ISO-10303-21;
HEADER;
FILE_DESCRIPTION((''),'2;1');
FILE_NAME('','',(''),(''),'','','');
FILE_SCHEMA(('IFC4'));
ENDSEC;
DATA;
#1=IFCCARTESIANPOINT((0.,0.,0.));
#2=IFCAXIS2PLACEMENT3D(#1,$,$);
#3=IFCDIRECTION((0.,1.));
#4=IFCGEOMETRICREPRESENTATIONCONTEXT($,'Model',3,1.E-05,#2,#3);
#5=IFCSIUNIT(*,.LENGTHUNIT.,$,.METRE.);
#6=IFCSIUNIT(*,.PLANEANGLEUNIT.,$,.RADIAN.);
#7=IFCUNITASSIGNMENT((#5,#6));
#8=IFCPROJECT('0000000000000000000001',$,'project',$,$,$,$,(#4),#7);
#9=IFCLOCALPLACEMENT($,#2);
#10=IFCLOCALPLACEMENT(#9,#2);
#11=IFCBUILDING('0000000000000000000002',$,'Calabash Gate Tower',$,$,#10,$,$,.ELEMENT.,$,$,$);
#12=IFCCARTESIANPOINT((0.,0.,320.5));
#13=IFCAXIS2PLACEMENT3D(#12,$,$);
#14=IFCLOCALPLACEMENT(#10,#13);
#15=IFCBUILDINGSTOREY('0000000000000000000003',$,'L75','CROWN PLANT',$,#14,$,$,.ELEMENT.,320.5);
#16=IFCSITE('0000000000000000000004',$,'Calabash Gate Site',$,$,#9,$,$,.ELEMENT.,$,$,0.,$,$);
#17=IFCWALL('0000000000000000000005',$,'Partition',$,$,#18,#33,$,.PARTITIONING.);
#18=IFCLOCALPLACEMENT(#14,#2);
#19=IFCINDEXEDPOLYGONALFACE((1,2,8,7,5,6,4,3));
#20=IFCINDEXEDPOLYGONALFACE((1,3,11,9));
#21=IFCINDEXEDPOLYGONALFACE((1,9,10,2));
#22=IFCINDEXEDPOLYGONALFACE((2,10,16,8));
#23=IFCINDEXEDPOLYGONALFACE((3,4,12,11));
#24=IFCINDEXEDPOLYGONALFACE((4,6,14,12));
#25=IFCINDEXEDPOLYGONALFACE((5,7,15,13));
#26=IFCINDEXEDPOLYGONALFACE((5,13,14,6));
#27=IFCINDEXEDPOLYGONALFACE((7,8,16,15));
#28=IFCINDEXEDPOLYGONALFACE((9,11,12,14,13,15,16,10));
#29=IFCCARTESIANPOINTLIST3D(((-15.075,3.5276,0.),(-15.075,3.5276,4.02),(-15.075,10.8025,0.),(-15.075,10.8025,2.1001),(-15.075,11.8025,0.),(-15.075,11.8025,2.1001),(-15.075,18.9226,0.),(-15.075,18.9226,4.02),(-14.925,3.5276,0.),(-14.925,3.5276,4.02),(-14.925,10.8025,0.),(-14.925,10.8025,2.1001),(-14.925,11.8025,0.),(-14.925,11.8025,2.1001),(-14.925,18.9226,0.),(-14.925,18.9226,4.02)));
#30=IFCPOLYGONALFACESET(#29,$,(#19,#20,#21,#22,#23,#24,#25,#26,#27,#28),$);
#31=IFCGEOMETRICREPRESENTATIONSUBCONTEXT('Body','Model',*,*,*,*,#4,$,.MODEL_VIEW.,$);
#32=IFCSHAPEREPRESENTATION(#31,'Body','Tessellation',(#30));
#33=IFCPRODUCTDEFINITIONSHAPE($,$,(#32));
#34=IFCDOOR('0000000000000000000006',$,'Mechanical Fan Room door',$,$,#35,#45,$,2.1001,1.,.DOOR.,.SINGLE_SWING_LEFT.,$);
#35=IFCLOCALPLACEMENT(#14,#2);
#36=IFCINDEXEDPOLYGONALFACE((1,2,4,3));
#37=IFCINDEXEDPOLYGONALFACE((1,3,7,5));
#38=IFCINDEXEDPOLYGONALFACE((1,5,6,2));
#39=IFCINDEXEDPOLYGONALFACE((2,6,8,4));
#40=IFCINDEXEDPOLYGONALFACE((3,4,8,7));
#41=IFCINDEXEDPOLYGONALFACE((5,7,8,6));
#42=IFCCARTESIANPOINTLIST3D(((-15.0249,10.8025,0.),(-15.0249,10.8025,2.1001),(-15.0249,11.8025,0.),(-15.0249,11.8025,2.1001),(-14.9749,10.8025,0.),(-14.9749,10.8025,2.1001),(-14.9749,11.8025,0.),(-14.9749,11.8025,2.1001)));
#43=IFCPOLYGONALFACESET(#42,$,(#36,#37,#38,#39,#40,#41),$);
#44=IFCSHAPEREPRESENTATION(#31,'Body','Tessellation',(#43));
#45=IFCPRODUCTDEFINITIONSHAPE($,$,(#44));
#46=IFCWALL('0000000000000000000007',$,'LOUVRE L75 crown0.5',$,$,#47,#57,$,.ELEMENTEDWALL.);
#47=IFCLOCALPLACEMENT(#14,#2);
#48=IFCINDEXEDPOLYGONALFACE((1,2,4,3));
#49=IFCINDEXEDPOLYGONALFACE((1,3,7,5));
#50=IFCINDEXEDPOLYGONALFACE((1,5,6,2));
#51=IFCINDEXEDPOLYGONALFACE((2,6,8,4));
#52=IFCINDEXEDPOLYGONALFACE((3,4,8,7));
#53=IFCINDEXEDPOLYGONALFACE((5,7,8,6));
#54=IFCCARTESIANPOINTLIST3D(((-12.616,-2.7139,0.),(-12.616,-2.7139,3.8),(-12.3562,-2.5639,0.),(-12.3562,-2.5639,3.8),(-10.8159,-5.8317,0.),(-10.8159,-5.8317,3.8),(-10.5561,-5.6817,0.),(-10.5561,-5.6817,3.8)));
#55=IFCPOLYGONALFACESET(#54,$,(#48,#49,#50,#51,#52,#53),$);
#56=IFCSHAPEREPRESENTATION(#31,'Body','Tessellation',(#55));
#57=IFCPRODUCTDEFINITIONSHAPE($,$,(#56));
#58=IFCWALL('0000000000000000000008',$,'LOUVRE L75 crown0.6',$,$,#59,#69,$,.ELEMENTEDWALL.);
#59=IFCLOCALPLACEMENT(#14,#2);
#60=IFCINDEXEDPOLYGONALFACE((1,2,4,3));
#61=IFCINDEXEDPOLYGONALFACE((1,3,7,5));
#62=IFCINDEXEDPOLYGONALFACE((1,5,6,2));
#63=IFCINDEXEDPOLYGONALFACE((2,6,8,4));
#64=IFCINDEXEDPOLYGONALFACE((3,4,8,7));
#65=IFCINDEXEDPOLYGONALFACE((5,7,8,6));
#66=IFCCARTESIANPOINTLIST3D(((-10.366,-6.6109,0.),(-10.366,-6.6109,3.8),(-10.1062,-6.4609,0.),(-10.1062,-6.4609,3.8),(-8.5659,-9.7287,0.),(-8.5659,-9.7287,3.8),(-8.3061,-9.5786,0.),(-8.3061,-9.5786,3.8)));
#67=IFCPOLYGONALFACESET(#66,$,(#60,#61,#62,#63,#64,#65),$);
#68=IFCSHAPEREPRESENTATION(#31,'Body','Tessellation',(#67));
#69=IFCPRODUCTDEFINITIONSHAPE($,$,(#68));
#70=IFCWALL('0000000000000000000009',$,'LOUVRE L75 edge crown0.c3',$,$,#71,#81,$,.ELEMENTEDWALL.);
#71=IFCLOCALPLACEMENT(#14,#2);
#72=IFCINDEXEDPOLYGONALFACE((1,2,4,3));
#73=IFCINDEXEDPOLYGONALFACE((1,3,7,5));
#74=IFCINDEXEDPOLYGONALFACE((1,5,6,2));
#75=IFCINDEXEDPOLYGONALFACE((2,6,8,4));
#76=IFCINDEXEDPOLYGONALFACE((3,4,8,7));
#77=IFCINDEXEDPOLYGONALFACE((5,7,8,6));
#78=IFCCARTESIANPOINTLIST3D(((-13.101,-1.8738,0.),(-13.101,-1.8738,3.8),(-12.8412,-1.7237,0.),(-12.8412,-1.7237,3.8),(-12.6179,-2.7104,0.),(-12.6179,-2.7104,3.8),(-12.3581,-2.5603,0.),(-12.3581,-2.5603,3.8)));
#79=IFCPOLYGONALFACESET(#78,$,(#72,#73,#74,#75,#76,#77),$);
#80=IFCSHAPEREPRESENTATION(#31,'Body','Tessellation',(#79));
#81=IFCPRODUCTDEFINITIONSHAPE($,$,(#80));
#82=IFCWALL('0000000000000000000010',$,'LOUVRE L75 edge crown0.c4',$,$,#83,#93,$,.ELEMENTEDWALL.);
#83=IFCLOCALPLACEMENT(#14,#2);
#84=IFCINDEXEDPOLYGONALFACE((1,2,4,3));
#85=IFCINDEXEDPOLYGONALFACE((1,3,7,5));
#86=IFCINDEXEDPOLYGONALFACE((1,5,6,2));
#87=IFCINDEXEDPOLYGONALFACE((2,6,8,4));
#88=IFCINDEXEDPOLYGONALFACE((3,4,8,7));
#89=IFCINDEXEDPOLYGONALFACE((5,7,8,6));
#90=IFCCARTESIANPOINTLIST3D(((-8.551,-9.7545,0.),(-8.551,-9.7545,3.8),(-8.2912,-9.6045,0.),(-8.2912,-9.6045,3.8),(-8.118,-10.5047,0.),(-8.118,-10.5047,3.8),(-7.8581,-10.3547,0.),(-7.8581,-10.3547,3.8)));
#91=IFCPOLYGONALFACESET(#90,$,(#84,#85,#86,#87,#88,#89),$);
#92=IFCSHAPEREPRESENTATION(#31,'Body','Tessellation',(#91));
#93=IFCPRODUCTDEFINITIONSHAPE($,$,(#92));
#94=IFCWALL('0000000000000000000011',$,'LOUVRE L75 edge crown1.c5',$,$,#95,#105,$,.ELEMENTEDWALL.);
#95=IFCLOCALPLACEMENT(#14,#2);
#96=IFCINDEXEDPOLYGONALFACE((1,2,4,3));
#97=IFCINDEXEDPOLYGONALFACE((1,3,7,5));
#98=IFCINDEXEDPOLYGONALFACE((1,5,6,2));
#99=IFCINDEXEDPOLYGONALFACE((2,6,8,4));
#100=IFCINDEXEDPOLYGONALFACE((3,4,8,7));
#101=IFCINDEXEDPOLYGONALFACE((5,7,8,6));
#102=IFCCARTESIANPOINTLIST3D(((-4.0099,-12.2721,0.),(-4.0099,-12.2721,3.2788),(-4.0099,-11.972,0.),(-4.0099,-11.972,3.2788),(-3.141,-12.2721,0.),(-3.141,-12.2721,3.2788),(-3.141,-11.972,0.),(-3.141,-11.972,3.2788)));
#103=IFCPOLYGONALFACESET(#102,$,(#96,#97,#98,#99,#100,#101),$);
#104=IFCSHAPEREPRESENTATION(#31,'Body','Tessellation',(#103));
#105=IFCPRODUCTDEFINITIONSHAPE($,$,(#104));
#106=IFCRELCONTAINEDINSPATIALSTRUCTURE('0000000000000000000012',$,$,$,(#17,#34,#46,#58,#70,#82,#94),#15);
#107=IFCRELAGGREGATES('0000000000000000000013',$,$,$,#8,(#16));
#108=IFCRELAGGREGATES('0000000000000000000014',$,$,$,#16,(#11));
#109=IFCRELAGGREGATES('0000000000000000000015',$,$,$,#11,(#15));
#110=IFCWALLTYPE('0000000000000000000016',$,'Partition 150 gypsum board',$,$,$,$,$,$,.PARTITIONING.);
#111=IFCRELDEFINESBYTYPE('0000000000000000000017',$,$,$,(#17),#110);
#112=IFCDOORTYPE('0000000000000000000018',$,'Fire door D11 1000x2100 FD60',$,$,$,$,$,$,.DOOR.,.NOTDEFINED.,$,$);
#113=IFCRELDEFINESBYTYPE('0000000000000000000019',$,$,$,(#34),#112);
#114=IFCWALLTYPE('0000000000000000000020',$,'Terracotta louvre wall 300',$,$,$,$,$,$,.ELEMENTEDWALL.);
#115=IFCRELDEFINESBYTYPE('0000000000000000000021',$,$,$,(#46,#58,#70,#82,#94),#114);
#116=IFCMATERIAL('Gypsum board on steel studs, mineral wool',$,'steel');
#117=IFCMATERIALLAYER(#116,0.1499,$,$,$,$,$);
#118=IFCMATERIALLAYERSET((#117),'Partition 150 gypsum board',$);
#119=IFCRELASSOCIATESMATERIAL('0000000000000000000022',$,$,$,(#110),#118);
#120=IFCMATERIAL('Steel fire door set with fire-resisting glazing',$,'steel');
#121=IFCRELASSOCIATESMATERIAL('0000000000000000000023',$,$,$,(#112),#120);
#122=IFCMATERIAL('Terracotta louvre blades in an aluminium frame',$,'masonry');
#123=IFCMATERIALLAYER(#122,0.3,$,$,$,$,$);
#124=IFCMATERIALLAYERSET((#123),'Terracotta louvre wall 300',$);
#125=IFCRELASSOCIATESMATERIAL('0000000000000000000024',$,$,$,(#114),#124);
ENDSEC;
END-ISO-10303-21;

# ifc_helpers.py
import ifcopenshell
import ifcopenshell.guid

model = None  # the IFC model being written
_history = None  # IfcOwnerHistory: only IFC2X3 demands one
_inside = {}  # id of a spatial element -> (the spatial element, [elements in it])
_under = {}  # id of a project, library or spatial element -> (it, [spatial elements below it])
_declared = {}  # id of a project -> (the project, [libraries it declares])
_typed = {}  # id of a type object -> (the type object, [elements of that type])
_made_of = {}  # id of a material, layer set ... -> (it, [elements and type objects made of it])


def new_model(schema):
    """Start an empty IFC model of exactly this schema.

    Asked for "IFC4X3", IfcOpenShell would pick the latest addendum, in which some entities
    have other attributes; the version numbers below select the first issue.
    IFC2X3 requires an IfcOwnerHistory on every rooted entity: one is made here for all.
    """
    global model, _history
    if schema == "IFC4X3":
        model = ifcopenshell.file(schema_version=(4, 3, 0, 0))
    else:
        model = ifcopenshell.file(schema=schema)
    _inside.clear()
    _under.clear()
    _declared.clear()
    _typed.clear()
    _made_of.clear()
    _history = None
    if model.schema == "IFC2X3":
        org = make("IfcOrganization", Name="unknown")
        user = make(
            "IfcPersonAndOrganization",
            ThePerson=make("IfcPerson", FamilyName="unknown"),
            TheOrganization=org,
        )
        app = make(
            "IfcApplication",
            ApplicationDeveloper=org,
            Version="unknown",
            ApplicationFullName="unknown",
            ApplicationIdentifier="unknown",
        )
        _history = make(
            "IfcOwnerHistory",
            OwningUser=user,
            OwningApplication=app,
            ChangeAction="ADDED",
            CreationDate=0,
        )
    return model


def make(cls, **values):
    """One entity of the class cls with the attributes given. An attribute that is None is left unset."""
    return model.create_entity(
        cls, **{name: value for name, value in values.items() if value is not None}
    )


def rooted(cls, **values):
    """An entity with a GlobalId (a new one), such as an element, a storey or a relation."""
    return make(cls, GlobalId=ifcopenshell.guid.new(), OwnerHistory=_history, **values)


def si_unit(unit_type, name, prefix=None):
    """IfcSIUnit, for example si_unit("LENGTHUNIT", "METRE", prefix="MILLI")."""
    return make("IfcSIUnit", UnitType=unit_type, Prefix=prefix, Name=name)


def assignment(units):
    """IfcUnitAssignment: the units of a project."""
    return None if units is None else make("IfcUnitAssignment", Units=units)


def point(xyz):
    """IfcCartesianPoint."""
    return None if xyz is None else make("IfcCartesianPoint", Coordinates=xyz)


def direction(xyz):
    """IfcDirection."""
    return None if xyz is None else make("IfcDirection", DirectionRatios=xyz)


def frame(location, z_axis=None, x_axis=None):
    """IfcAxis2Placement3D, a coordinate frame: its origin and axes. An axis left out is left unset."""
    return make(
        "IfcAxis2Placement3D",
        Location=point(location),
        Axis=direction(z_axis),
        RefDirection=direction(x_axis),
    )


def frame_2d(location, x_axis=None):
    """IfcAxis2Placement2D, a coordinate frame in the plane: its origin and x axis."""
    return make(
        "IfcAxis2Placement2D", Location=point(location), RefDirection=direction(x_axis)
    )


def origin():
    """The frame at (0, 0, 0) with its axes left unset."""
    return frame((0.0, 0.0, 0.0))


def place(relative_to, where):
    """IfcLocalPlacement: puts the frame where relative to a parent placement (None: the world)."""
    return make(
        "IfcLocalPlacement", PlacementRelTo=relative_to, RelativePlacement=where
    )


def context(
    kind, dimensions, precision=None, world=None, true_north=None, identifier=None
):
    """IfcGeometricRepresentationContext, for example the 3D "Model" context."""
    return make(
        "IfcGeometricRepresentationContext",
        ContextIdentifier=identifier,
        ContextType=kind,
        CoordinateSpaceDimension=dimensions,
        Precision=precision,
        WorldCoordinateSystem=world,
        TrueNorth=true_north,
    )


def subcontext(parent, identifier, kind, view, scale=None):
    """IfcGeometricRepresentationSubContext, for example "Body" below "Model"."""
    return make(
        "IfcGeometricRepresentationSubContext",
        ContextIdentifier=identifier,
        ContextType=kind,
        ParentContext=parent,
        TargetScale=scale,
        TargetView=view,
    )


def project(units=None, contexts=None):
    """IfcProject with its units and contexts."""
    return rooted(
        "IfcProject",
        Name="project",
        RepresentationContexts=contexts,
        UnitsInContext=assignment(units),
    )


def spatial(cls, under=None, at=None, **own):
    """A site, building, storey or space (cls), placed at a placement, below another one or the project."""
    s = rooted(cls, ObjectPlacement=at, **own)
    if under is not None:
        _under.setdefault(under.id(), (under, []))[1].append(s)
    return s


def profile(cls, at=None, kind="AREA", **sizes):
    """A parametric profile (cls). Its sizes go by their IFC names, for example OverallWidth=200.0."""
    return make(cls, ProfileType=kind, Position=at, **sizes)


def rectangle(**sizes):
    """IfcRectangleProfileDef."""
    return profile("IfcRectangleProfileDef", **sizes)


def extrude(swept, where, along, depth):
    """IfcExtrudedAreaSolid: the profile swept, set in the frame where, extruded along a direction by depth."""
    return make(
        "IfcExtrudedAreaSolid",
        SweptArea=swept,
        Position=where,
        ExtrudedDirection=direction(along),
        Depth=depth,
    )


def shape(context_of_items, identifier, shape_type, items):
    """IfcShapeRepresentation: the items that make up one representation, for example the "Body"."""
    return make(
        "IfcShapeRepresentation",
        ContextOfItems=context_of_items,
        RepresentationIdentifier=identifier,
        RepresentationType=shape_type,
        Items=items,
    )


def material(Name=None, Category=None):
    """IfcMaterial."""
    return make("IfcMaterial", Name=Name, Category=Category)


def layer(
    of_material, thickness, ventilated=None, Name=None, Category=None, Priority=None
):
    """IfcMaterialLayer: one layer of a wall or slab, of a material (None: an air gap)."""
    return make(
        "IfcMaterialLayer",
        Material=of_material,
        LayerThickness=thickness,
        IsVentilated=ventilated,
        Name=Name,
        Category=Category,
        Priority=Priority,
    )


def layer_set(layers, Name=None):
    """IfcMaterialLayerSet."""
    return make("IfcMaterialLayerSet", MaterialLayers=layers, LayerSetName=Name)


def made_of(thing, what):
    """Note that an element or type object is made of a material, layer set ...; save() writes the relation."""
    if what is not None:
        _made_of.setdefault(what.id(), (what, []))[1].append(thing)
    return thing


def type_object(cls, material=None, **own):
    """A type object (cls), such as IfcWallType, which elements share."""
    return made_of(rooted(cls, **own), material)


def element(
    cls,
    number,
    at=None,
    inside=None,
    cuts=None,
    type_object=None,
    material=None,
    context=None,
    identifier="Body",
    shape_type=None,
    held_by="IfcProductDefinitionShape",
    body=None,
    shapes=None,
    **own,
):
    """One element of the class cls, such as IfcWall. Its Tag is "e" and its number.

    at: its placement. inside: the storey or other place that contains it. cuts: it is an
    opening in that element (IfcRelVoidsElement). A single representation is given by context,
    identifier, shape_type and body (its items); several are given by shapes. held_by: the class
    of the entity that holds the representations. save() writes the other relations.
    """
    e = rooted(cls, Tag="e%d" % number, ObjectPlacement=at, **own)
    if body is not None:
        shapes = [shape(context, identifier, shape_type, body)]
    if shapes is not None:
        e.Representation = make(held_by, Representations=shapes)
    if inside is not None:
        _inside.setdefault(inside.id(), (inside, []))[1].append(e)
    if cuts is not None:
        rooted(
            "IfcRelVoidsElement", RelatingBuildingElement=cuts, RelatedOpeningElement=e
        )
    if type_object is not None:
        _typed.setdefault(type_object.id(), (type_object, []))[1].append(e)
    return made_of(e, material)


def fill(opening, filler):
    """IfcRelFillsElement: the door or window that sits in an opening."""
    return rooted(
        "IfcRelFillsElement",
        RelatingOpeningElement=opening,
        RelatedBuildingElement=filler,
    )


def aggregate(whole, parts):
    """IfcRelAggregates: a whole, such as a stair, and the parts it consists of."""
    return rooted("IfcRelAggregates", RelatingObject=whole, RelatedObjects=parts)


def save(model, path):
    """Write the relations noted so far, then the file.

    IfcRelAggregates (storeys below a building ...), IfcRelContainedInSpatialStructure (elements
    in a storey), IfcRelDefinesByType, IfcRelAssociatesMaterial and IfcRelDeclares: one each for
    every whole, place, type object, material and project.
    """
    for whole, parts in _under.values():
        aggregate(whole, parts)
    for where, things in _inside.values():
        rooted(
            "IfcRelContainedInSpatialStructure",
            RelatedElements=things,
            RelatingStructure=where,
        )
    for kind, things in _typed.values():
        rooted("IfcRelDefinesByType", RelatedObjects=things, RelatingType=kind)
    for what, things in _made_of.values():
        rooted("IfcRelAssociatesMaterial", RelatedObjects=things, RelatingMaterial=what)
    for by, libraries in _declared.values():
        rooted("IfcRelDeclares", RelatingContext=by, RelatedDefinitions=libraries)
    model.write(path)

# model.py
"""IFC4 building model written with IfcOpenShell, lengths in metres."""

from ifc_helpers import new_model, si_unit, direction, frame, frame_2d, origin, place, context, subcontext, project, spatial, rectangle, extrude, material, layer, layer_set, type_object, element, fill, save


model = new_model("IFC4")

# Units and contexts
model_context = context("Model", 3, precision=1e-05, world=origin(), true_north=direction((0.0, 1.0)))
body_context = subcontext(model_context, "Body", "Model", "MODEL_VIEW")
ifc_project = project(units=[si_unit("LENGTHUNIT", "METRE"), si_unit("PLANEANGLEUNIT", "RADIAN")], contexts=[model_context])

# Site, building, storey
site_placement = place(None, origin())
site = spatial("IfcSite", under=ifc_project, at=site_placement, Name="Calabash Gate Site", CompositionType="ELEMENT", RefElevation=0.0)
building_placement = place(site_placement, origin())
building = spatial("IfcBuilding", under=site, at=building_placement, Name="Calabash Gate Tower", CompositionType="ELEMENT")
storey_placement = place(building_placement, frame((0.0, 0.0, 320.5)))
storey = spatial("IfcBuildingStorey", under=building, at=storey_placement, Name="L75", Description="CROWN PLANT", CompositionType="ELEMENT", Elevation=320.5)

# Shared definitions
ifc_material_1 = material(Name="Gypsum board on steel studs, mineral wool", Category="steel")
ifc_layer_1 = layer(ifc_material_1, 0.1499)
ifc_layer_set_1 = layer_set([ifc_layer_1], Name="Partition 150 gypsum board")
wall_type_1 = type_object("IfcWallType", Name="Partition 150 gypsum board", PredefinedType="PARTITIONING", material=ifc_layer_set_1)

# Wall, opening, door
wall_1_placement = place(storey_placement, frame((-15.0, 3.5276, 0.0), z_axis=(0.0, 0.0, 1.0), x_axis=(0.0, 1.0, 0.0)))
wall_1 = element("IfcWall", 1, at=wall_1_placement, inside=storey, type_object=wall_type_1, Name="Partition", PredefinedType="PARTITIONING", context=body_context, shape_type="SweptSolid", body=[
    extrude(rectangle(XDim=15.395, YDim=0.1499, at=frame_2d((7.6975, 0.0))), origin(), (0.0, 0.0, 1.0), 4.02),
])
opening_placement = place(wall_1_placement, frame((7.2749, 0.0, 0.0)))
opening = element("IfcOpeningElement", 2, at=opening_placement, cuts=wall_1, PredefinedType="OPENING", context=body_context, shape_type="SweptSolid", body=[
    extrude(rectangle(XDim=1.0, YDim=2.1001, at=frame_2d((0.5, 1.05))), frame((0.0, 0.085, 0.0), z_axis=(0.0, -1.0, 0.0), x_axis=(1.0, 0.0, 0.0)), (0.0, 0.0, 1.0), 0.1699),
])
ifc_material_2 = material(Name="Steel fire door set with fire-resisting glazing", Category="steel")
door_type = type_object("IfcDoorType", Name="Fire door D11 1000x2100 FD60", OperationType="NOTDEFINED", PredefinedType="DOOR", material=ifc_material_2)
door_placement = place(opening_placement, origin())
door = element("IfcDoor", 3, at=door_placement, inside=storey, type_object=door_type, Name="Mechanical Fan Room door", OperationType="SINGLE_SWING_LEFT", OverallHeight=2.1001, OverallWidth=1.0, PredefinedType="DOOR", context=body_context, shape_type="SweptSolid", body=[
    extrude(rectangle(XDim=1.0, YDim=2.1001, at=frame_2d((0.5, 1.05))), frame((0.0, 0.0249, 0.0), z_axis=(0.0, -1.0, 0.0), x_axis=(1.0, 0.0, 0.0)), (0.0, 0.0, 1.0), 0.05),
])
fill(opening, door)

# Walls
ifc_material_3 = material(Name="Terracotta louvre blades in an aluminium frame", Category="masonry")
ifc_layer_2 = layer(ifc_material_3, 0.3)
ifc_layer_set_2 = layer_set([ifc_layer_2], Name="Terracotta louvre wall 300")
wall_type_2 = type_object("IfcWallType", Name="Terracotta louvre wall 300", PredefinedType="ELEMENTEDWALL", material=ifc_layer_set_2)
for number, where, z_axis, x_axis, name in (
    (4, (-12.4861, -2.6389, 0.0), (0.0, 0.0, 1.0), (0.500012, -0.866018, 0.0), "LOUVRE L75 crown0.5"),
    (5, (-10.2361, -6.5359, 0.0), (0.0, 0.0, 1.0), (0.500012, -0.866018, 0.0), "LOUVRE L75 crown0.6"),
):
    element("IfcWall", number, at=place(storey_placement, frame(where, z_axis=z_axis, x_axis=x_axis)), inside=storey, type_object=wall_type_2, Name=name, PredefinedType="ELEMENTEDWALL", context=body_context, shape_type="SweptSolid", body=[
        extrude(rectangle(XDim=3.6001, YDim=0.3, at=frame_2d((1.8, 0.0))), origin(), (0.0, 0.0, 1.0), 3.8),
    ])
wall_2_placement = place(storey_placement, frame((-12.488, -2.6353, 0.0), z_axis=(0.0, 0.0, 1.0), x_axis=(-0.50008, 0.865979, 0.0)))
element("IfcWall", 6, at=wall_2_placement, inside=storey, type_object=wall_type_2, Name="LOUVRE L75 edge crown0.c3", PredefinedType="ELEMENTEDWALL", context=body_context, shape_type="SweptSolid", body=[
    extrude(rectangle(XDim=0.9661, YDim=0.3, at=frame_2d((0.4829, 0.0))), origin(), (0.0, 0.0, 1.0), 3.8),
])
wall_3_placement = place(storey_placement, frame((-7.988, -10.4297, 0.0), z_axis=(0.0, 0.0, 1.0), x_axis=(-0.499958, 0.866049, 0.0)))
element("IfcWall", 7, at=wall_3_placement, inside=storey, type_object=wall_type_2, Name="LOUVRE L75 edge crown0.c4", PredefinedType="ELEMENTEDWALL", context=body_context, shape_type="SweptSolid", body=[
    extrude(rectangle(XDim=0.8662, YDim=0.3, at=frame_2d((0.4331, 0.0))), origin(), (0.0, 0.0, 1.0), 3.8),
])
wall_4_placement = place(storey_placement, frame((-4.01, -12.1221, 0.0), z_axis=(0.0, 0.0, 1.0), x_axis=(1.0, 0.0, 0.0)))
element("IfcWall", 8, at=wall_4_placement, inside=storey, type_object=wall_type_2, Name="LOUVRE L75 edge crown1.c5", PredefinedType="ELEMENTEDWALL", context=body_context, shape_type="SweptSolid", body=[
    extrude(rectangle(XDim=0.8689, YDim=0.3, at=frame_2d((0.4346, 0.0))), origin(), (0.0, 0.0, 1.0), 3.2788),
])

save(model, "model.ifc")
